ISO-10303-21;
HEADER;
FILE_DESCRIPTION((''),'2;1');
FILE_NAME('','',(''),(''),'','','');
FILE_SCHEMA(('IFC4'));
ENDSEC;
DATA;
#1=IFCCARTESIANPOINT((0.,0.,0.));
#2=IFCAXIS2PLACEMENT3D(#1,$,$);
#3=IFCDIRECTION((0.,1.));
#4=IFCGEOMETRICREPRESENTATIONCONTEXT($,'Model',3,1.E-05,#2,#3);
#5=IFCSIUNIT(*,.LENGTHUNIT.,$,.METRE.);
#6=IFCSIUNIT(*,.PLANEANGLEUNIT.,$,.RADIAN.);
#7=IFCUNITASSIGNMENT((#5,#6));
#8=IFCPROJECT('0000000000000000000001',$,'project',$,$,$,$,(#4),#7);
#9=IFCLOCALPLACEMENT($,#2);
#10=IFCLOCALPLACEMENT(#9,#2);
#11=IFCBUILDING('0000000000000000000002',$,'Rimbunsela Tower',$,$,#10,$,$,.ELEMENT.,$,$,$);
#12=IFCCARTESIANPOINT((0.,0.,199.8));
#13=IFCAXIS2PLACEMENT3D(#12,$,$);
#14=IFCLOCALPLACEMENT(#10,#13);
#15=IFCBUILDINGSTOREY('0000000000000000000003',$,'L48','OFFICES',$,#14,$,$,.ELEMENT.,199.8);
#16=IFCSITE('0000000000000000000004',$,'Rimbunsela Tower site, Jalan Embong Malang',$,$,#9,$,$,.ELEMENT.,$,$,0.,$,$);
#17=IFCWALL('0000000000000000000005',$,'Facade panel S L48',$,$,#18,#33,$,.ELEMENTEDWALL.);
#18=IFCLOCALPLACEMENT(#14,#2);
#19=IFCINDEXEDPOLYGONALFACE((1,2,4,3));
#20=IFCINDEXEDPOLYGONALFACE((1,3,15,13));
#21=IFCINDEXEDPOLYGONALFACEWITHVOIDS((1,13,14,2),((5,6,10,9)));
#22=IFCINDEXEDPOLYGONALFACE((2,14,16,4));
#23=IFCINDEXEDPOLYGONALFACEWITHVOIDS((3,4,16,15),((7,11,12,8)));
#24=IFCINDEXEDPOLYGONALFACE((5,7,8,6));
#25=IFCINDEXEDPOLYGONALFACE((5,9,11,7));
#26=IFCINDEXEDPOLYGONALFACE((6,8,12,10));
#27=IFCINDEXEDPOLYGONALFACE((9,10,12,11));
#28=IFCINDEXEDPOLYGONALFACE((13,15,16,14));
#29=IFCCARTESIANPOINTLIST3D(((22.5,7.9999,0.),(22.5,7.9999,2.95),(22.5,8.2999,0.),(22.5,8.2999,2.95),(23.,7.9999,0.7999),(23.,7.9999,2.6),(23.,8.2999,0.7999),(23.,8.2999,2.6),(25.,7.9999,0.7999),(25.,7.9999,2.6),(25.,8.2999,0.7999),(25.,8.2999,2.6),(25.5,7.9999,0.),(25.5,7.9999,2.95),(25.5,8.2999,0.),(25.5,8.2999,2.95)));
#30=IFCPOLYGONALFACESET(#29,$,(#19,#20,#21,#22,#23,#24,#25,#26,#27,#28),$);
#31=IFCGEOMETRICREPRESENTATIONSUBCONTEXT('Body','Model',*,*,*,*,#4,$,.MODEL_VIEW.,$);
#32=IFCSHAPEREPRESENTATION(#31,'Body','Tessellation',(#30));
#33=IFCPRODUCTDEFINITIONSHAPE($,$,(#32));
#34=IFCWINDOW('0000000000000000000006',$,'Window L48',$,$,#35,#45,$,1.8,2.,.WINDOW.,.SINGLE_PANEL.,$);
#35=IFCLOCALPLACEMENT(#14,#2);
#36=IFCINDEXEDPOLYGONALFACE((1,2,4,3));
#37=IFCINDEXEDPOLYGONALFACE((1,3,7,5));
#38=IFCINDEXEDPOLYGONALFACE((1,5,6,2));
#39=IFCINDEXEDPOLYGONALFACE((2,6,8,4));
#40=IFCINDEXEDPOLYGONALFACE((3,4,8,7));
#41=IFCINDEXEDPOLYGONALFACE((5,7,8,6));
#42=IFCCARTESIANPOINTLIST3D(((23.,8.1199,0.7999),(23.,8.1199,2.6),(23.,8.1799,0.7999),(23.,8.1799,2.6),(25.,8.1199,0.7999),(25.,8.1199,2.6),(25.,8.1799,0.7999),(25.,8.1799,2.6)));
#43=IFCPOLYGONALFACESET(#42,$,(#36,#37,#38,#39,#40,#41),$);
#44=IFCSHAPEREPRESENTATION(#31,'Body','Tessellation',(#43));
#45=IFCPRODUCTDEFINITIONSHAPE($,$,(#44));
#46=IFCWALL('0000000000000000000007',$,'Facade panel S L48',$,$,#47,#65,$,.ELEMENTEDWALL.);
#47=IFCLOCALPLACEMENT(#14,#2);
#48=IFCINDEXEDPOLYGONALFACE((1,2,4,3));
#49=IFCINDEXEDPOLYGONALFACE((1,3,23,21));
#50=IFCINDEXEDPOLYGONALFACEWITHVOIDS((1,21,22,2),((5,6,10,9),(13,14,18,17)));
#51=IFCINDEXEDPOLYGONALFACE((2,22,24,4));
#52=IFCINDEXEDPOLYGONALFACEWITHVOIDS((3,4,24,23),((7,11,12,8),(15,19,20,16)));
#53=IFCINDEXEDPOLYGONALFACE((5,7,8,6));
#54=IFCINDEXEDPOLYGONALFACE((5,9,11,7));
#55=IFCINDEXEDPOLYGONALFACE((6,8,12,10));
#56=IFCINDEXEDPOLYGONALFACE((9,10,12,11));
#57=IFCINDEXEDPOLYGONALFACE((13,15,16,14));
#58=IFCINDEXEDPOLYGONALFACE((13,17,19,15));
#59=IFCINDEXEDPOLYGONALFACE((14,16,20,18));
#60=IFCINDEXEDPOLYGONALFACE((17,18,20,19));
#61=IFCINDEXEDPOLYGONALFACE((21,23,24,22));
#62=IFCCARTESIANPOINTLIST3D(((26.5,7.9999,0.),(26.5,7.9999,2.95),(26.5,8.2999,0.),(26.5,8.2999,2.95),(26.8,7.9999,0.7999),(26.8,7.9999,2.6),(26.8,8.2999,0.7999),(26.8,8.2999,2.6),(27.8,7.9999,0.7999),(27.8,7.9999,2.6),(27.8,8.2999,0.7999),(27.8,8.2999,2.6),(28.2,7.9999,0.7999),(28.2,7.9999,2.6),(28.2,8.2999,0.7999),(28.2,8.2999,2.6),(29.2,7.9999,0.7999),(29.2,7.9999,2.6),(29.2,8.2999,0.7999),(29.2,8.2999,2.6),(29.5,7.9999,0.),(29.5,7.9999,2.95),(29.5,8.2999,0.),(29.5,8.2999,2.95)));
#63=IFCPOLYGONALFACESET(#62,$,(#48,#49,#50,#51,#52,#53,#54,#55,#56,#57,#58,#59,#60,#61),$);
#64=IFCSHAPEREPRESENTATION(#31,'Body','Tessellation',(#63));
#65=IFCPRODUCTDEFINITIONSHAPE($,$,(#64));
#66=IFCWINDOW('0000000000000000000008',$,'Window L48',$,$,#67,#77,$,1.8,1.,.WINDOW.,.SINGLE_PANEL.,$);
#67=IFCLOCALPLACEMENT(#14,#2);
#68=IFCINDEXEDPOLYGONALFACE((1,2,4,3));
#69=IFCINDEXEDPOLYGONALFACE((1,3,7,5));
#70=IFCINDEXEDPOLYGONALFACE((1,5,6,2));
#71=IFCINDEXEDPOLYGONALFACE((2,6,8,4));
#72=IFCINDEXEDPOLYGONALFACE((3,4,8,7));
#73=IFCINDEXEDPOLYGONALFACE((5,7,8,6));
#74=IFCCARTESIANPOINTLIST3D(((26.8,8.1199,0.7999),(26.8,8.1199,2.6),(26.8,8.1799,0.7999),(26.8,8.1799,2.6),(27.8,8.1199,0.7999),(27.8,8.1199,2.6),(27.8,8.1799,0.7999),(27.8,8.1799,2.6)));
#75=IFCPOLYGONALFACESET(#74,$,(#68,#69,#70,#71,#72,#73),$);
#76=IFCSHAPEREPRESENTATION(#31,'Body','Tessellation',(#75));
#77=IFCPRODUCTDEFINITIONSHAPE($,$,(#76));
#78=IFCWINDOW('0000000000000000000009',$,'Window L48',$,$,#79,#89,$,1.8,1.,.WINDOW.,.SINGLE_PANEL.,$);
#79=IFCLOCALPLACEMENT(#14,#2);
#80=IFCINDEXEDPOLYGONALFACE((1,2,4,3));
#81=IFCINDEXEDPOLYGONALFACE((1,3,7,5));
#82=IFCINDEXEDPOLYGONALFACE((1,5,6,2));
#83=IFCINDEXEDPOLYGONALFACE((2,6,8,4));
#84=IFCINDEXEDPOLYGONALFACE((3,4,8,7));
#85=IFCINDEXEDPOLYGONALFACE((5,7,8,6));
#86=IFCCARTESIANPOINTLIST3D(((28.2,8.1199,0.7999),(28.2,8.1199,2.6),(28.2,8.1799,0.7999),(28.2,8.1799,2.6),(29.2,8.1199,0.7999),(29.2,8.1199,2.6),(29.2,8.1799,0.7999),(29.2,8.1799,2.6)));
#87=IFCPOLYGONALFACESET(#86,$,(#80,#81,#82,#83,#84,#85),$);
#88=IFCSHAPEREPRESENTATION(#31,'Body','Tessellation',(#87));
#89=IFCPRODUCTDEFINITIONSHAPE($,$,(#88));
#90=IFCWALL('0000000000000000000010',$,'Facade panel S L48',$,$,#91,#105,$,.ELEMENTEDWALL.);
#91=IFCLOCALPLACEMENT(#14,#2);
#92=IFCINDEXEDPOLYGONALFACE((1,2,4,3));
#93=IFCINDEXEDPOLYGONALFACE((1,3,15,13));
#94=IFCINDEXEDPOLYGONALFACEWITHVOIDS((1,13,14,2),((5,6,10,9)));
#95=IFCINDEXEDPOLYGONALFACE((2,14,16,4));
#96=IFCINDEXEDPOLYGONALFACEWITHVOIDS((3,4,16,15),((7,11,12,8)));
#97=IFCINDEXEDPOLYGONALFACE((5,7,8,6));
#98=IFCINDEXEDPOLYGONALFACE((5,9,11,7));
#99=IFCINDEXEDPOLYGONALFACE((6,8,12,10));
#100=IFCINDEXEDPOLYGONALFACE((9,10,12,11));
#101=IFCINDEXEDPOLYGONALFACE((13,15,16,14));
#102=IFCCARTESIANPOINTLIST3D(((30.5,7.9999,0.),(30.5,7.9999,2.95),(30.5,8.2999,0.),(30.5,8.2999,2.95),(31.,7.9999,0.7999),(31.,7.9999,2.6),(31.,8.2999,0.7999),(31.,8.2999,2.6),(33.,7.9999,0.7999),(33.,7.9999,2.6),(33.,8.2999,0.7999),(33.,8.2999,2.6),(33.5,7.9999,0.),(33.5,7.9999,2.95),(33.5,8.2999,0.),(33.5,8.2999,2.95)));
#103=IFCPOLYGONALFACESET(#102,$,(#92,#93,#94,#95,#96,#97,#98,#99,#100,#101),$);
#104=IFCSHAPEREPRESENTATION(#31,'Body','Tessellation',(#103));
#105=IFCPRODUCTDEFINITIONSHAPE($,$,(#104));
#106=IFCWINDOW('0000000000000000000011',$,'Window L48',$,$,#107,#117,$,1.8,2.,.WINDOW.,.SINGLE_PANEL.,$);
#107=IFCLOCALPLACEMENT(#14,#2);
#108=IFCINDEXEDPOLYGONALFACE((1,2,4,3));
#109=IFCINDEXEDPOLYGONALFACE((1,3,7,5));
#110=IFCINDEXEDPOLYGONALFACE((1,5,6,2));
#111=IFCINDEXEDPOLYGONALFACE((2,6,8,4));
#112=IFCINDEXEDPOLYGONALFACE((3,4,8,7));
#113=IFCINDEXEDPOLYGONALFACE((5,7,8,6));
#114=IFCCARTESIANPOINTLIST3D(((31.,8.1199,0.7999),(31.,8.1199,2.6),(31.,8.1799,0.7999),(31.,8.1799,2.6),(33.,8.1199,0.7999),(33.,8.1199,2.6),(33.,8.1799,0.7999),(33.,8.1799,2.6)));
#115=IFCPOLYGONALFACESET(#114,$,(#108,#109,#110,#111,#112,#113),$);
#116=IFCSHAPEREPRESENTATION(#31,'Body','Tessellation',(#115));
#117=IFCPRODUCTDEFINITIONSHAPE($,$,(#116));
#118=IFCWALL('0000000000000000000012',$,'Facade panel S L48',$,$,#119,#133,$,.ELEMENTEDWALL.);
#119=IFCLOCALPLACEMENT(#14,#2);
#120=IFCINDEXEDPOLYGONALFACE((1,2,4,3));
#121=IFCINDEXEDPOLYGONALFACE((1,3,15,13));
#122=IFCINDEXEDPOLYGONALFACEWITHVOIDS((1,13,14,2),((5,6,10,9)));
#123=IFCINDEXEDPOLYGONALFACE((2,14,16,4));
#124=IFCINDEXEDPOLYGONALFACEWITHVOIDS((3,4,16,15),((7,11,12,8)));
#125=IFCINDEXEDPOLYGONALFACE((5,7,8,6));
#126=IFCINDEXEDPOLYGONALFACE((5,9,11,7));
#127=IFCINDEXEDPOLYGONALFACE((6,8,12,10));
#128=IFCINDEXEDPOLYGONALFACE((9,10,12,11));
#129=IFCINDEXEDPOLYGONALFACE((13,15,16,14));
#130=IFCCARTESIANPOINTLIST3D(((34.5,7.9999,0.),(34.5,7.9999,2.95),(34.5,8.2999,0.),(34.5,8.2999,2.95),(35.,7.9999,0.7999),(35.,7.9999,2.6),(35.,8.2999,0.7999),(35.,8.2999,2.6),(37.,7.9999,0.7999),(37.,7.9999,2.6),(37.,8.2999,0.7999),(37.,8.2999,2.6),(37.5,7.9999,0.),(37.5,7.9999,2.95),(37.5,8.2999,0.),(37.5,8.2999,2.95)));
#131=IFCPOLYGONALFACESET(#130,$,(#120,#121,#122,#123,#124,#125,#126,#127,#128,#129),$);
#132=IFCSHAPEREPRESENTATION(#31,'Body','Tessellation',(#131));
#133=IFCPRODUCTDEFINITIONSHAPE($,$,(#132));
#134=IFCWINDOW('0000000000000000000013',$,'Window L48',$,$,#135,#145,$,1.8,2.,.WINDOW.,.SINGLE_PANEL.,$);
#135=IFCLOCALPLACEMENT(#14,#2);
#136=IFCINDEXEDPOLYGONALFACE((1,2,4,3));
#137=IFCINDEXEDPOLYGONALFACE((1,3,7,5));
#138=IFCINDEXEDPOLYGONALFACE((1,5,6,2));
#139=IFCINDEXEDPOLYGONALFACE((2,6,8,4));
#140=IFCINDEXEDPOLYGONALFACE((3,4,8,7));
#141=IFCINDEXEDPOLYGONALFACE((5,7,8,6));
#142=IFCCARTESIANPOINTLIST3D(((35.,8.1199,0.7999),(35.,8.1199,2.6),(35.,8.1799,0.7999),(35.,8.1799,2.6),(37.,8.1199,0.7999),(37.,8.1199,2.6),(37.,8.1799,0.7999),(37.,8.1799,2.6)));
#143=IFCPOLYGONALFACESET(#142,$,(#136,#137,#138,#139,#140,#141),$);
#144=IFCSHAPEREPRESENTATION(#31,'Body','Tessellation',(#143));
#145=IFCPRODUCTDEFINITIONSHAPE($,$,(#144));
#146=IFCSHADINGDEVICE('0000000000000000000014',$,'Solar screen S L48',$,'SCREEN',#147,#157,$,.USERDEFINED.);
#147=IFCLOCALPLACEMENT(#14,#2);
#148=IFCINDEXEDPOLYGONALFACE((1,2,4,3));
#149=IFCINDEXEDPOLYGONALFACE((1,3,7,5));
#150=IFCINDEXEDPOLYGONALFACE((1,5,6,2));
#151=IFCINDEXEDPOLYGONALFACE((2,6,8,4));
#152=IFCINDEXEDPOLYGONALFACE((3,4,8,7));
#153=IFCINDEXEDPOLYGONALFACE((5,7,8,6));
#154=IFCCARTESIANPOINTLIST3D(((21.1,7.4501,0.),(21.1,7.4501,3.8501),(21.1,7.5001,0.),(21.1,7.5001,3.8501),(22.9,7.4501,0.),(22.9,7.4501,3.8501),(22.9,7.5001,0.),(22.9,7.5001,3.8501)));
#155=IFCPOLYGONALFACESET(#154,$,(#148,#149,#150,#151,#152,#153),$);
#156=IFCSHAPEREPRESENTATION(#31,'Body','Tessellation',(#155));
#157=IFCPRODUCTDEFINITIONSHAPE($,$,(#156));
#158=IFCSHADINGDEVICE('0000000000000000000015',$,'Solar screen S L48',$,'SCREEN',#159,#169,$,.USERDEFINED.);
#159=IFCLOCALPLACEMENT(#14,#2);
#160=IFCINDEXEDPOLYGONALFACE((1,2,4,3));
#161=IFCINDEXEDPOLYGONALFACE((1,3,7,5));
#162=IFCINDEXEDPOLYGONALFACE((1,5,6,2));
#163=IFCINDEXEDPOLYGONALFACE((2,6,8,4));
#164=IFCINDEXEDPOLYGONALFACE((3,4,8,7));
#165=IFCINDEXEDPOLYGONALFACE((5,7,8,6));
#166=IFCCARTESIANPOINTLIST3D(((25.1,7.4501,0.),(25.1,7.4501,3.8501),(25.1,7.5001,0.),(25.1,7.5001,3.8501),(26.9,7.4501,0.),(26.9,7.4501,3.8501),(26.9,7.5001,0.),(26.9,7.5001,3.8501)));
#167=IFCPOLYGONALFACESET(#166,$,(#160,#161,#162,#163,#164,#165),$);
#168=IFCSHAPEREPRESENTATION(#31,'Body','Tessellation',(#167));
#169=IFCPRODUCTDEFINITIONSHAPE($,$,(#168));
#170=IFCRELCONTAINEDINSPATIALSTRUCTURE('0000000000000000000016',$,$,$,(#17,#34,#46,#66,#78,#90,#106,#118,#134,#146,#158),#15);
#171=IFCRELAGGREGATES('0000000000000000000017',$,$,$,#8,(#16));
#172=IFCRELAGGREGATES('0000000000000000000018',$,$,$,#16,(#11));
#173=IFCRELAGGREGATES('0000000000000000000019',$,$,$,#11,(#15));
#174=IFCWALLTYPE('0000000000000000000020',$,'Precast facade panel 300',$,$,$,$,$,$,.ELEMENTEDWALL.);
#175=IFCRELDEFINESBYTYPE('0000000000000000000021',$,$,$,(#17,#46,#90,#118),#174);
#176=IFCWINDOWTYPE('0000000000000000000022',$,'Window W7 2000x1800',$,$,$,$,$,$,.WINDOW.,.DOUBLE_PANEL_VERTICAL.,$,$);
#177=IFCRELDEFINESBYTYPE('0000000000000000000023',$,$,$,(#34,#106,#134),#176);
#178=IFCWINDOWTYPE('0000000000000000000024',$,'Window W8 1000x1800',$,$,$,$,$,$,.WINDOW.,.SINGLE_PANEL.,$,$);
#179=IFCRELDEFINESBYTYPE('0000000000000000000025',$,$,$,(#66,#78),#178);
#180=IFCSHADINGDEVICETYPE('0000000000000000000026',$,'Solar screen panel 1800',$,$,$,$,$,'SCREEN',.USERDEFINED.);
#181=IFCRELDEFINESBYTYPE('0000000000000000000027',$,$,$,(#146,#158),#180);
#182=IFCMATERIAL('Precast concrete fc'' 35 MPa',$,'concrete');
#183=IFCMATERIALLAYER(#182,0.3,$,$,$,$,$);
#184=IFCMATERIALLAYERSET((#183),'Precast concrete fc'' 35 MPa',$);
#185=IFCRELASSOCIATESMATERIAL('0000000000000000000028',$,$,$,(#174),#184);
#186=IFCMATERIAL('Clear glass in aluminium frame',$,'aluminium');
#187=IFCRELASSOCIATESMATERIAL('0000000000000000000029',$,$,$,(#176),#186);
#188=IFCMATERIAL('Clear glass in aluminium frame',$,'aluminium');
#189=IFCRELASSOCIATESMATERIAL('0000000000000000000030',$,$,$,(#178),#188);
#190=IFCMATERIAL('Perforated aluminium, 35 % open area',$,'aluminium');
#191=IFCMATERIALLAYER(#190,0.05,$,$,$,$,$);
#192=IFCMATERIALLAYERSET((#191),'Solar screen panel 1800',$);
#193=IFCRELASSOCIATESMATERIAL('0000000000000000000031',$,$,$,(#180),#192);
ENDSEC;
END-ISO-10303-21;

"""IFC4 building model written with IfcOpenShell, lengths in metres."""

from ifc_helpers import new_model, si_unit, direction, frame, frame_2d, origin, origin_2d, place, context, subcontext, project, spatial, rectangle, extrude, material, layer, layer_set, type_object, element, fill, save


model = new_model("IFC4")

# Units and contexts
model_context = context("Model", 3, precision=1e-05, world=origin(), true_north=direction((0.0, 1.0)))
body_context = subcontext(model_context, "Body", "Model", "MODEL_VIEW")
ifc_project = project(units=[si_unit("LENGTHUNIT", "METRE"), si_unit("PLANEANGLEUNIT", "RADIAN")], contexts=[model_context])

# Site, building, storey
site_placement = place(None, origin())
site = spatial("IfcSite", under=ifc_project, at=site_placement, Name="Rimbunsela Tower site, Jalan Embong Malang", CompositionType="ELEMENT", RefElevation=0.0)
building_placement = place(site_placement, origin())
building = spatial("IfcBuilding", under=site, at=building_placement, Name="Rimbunsela Tower", CompositionType="ELEMENT")
storey_placement = place(building_placement, frame((0.0, 0.0, 199.8)))
storey = spatial("IfcBuildingStorey", under=building, at=storey_placement, Name="L48", Description="OFFICES", CompositionType="ELEMENT", Elevation=199.8)

# Wall, opening, window
ifc_material_1 = material(Name="Precast concrete fc' 35 MPa", Category="concrete")
ifc_layer_1 = layer(ifc_material_1, 0.3)
ifc_layer_set_1 = layer_set([ifc_layer_1], Name="Precast concrete fc' 35 MPa")
wall_type_1 = type_object("IfcWallType", Name="Precast facade panel 300", PredefinedType="ELEMENTEDWALL", material=ifc_layer_set_1)
wall_1_placement = place(storey_placement, frame((22.5, 8.1499, 0.0), z_axis=(0.0, 0.0, 1.0), x_axis=(1.0, 0.0, 0.0)))
wall_1 = element("IfcWall", 1, at=wall_1_placement, inside=storey, type_object=wall_type_1, Name="Facade panel S L48", PredefinedType="ELEMENTEDWALL", context=body_context, shape_type="SweptSolid", body=[
    extrude(rectangle(XDim=3.0, YDim=0.3, at=frame_2d((1.5, 0.0))), origin(), (0.0, 0.0, 1.0), 2.95),
])
opening_1_placement = place(wall_1_placement, frame((0.5, 0.0, 0.8)))
opening_1 = element("IfcOpeningElement", 2, at=opening_1_placement, cuts=wall_1, PredefinedType="OPENING", context=body_context, shape_type="SweptSolid", body=[
    extrude(rectangle(XDim=2.0, YDim=1.8, at=frame_2d((1.0, 0.8999))), frame((0.0, 0.1599, 0.0), z_axis=(0.0, -1.0, 0.0), x_axis=(1.0, 0.0, 0.0)), (0.0, 0.0, 1.0), 0.3201),
])
ifc_material_2 = material(Name="Clear glass in aluminium frame", Category="aluminium")
window_type_1 = type_object("IfcWindowType", Name="Window W7 2000x1800", PartitioningType="DOUBLE_PANEL_VERTICAL", PredefinedType="WINDOW", material=ifc_material_2)
window_1_placement = place(opening_1_placement, origin())
window_1 = element("IfcWindow", 3, at=window_1_placement, inside=storey, type_object=window_type_1, Name="Window L48", OverallHeight=1.8, OverallWidth=2.0, PartitioningType="SINGLE_PANEL", PredefinedType="WINDOW", context=body_context, shape_type="SweptSolid", body=[
    extrude(rectangle(XDim=2.0, YDim=1.8, at=frame_2d((1.0, 0.8999))), frame((0.0, 0.03, 0.0), z_axis=(0.0, -1.0, 0.0), x_axis=(1.0, 0.0, 0.0)), (0.0, 0.0, 1.0), 0.0601),
])
fill(opening_1, window_1)

# Wall, openings, windows
wall_2_placement = place(storey_placement, frame((26.5, 8.1499, 0.0), z_axis=(0.0, 0.0, 1.0), x_axis=(1.0, 0.0, 0.0)))
wall_2 = element("IfcWall", 4, at=wall_2_placement, inside=storey, type_object=wall_type_1, Name="Facade panel S L48", PredefinedType="ELEMENTEDWALL", context=body_context, shape_type="SweptSolid", body=[
    extrude(rectangle(XDim=3.0, YDim=0.3, at=frame_2d((1.5, 0.0))), origin(), (0.0, 0.0, 1.0), 2.95),
])
opening_2_placement = place(wall_2_placement, frame((0.3, 0.0, 0.8)))
opening_2 = element("IfcOpeningElement", 5, at=opening_2_placement, cuts=wall_2, PredefinedType="OPENING", context=body_context, shape_type="SweptSolid", body=[
    extrude(rectangle(XDim=1.0, YDim=1.8, at=frame_2d((0.5, 0.8999))), frame((0.0, 0.1599, 0.0), z_axis=(0.0, -1.0, 0.0), x_axis=(1.0, 0.0, 0.0)), (0.0, 0.0, 1.0), 0.3201),
])
opening_3_placement = place(wall_2_placement, frame((1.7, 0.0, 0.8)))
opening_3 = element("IfcOpeningElement", 6, at=opening_3_placement, cuts=wall_2, PredefinedType="OPENING", context=body_context, shape_type="SweptSolid", body=[
    extrude(rectangle(XDim=1.0, YDim=1.8, at=frame_2d((0.5, 0.8999))), frame((0.0, 0.1599, 0.0), z_axis=(0.0, -1.0, 0.0), x_axis=(1.0, 0.0, 0.0)), (0.0, 0.0, 1.0), 0.3201),
])
ifc_material_3 = material(Name="Clear glass in aluminium frame", Category="aluminium")
window_type_2 = type_object("IfcWindowType", Name="Window W8 1000x1800", PartitioningType="SINGLE_PANEL", PredefinedType="WINDOW", material=ifc_material_3)
window_2_placement = place(opening_2_placement, origin())
window_2 = element("IfcWindow", 7, at=window_2_placement, inside=storey, type_object=window_type_2, Name="Window L48", OverallHeight=1.8, OverallWidth=1.0, PartitioningType="SINGLE_PANEL", PredefinedType="WINDOW", context=body_context, shape_type="SweptSolid", body=[
    extrude(rectangle(XDim=1.0, YDim=1.8, at=frame_2d((0.5, 0.8999))), frame((0.0, 0.03, 0.0), z_axis=(0.0, -1.0, 0.0), x_axis=(1.0, 0.0, 0.0)), (0.0, 0.0, 1.0), 0.0601),
])
fill(opening_2, window_2)
window_3_placement = place(opening_3_placement, origin())
window_3 = element("IfcWindow", 8, at=window_3_placement, inside=storey, type_object=window_type_2, Name="Window L48", OverallHeight=1.8, OverallWidth=1.0, PartitioningType="SINGLE_PANEL", PredefinedType="WINDOW", context=body_context, shape_type="SweptSolid", body=[
    extrude(rectangle(XDim=1.0, YDim=1.8, at=frame_2d((0.5, 0.8999))), frame((0.0, 0.03, 0.0), z_axis=(0.0, -1.0, 0.0), x_axis=(1.0, 0.0, 0.0)), (0.0, 0.0, 1.0), 0.0601),
])
fill(opening_3, window_3)

# Walls, openings, windows
wall_3_placement = place(storey_placement, frame((30.5, 8.1499, 0.0), z_axis=(0.0, 0.0, 1.0), x_axis=(1.0, 0.0, 0.0)))
wall_3 = element("IfcWall", 9, at=wall_3_placement, inside=storey, type_object=wall_type_1, Name="Facade panel S L48", PredefinedType="ELEMENTEDWALL", context=body_context, shape_type="SweptSolid", body=[
    extrude(rectangle(XDim=3.0, YDim=0.3, at=frame_2d((1.5, 0.0))), origin(), (0.0, 0.0, 1.0), 2.95),
])
opening_4_placement = place(wall_3_placement, frame((0.5, 0.0, 0.8)))
opening_4 = element("IfcOpeningElement", 10, at=opening_4_placement, cuts=wall_3, PredefinedType="OPENING", context=body_context, shape_type="SweptSolid", body=[
    extrude(rectangle(XDim=2.0, YDim=1.8, at=frame_2d((1.0, 0.8999))), frame((0.0, 0.1599, 0.0), z_axis=(0.0, -1.0, 0.0), x_axis=(1.0, 0.0, 0.0)), (0.0, 0.0, 1.0), 0.3201),
])
window_4_placement = place(opening_4_placement, origin())
window_4 = element("IfcWindow", 11, at=window_4_placement, inside=storey, type_object=window_type_1, Name="Window L48", OverallHeight=1.8, OverallWidth=2.0, PartitioningType="SINGLE_PANEL", PredefinedType="WINDOW", context=body_context, shape_type="SweptSolid", body=[
    extrude(rectangle(XDim=2.0, YDim=1.8, at=frame_2d((1.0, 0.8999))), frame((0.0, 0.03, 0.0), z_axis=(0.0, -1.0, 0.0), x_axis=(1.0, 0.0, 0.0)), (0.0, 0.0, 1.0), 0.0601),
])
fill(opening_4, window_4)
wall_4_placement = place(storey_placement, frame((34.5, 8.1499, 0.0), z_axis=(0.0, 0.0, 1.0), x_axis=(1.0, 0.0, 0.0)))
wall_4 = element("IfcWall", 12, at=wall_4_placement, inside=storey, type_object=wall_type_1, Name="Facade panel S L48", PredefinedType="ELEMENTEDWALL", context=body_context, shape_type="SweptSolid", body=[
    extrude(rectangle(XDim=3.0, YDim=0.3, at=frame_2d((1.5, 0.0))), origin(), (0.0, 0.0, 1.0), 2.95),
])
opening_5_placement = place(wall_4_placement, frame((0.5, 0.0, 0.8)))
opening_5 = element("IfcOpeningElement", 13, at=opening_5_placement, cuts=wall_4, PredefinedType="OPENING", context=body_context, shape_type="SweptSolid", body=[
    extrude(rectangle(XDim=2.0, YDim=1.8, at=frame_2d((1.0, 0.8999))), frame((0.0, 0.1599, 0.0), z_axis=(0.0, -1.0, 0.0), x_axis=(1.0, 0.0, 0.0)), (0.0, 0.0, 1.0), 0.3201),
])
window_5_placement = place(opening_5_placement, origin())
window_5 = element("IfcWindow", 14, at=window_5_placement, inside=storey, type_object=window_type_1, Name="Window L48", OverallHeight=1.8, OverallWidth=2.0, PartitioningType="SINGLE_PANEL", PredefinedType="WINDOW", context=body_context, shape_type="SweptSolid", body=[
    extrude(rectangle(XDim=2.0, YDim=1.8, at=frame_2d((1.0, 0.8999))), frame((0.0, 0.03, 0.0), z_axis=(0.0, -1.0, 0.0), x_axis=(1.0, 0.0, 0.0)), (0.0, 0.0, 1.0), 0.0601),
])
fill(opening_5, window_5)

# Shading devices
ifc_material_4 = material(Name="Perforated aluminium, 35 % open area", Category="aluminium")
ifc_layer_2 = layer(ifc_material_4, 0.05)
ifc_layer_set_2 = layer_set([ifc_layer_2], Name="Solar screen panel 1800")
shading_device_type = type_object("IfcShadingDeviceType", Name="Solar screen panel 1800", ElementType="SCREEN", PredefinedType="USERDEFINED", material=ifc_layer_set_2)
for number, where, z_axis, x_axis, name in (
    (15, (22.0, 7.4751, 0.0), (0.0, 0.0, 1.0), (1.0, 0.0, 0.0), "Solar screen S L48"),
    (16, (26.0, 7.4751, 0.0), (0.0, 0.0, 1.0), (1.0, 0.0, 0.0), "Solar screen S L48"),
):
    element("IfcShadingDevice", number, at=place(storey_placement, frame(where, z_axis=z_axis, x_axis=x_axis)), inside=storey, type_object=shading_device_type, Name=name, ObjectType="SCREEN", PredefinedType="USERDEFINED", context=body_context, shape_type="SweptSolid", body=[
        extrude(rectangle(XDim=1.8, YDim=0.05, at=origin_2d()), origin(), (0.0, 0.0, 1.0), 3.8501),
    ])

save(model, "model.ifc")
